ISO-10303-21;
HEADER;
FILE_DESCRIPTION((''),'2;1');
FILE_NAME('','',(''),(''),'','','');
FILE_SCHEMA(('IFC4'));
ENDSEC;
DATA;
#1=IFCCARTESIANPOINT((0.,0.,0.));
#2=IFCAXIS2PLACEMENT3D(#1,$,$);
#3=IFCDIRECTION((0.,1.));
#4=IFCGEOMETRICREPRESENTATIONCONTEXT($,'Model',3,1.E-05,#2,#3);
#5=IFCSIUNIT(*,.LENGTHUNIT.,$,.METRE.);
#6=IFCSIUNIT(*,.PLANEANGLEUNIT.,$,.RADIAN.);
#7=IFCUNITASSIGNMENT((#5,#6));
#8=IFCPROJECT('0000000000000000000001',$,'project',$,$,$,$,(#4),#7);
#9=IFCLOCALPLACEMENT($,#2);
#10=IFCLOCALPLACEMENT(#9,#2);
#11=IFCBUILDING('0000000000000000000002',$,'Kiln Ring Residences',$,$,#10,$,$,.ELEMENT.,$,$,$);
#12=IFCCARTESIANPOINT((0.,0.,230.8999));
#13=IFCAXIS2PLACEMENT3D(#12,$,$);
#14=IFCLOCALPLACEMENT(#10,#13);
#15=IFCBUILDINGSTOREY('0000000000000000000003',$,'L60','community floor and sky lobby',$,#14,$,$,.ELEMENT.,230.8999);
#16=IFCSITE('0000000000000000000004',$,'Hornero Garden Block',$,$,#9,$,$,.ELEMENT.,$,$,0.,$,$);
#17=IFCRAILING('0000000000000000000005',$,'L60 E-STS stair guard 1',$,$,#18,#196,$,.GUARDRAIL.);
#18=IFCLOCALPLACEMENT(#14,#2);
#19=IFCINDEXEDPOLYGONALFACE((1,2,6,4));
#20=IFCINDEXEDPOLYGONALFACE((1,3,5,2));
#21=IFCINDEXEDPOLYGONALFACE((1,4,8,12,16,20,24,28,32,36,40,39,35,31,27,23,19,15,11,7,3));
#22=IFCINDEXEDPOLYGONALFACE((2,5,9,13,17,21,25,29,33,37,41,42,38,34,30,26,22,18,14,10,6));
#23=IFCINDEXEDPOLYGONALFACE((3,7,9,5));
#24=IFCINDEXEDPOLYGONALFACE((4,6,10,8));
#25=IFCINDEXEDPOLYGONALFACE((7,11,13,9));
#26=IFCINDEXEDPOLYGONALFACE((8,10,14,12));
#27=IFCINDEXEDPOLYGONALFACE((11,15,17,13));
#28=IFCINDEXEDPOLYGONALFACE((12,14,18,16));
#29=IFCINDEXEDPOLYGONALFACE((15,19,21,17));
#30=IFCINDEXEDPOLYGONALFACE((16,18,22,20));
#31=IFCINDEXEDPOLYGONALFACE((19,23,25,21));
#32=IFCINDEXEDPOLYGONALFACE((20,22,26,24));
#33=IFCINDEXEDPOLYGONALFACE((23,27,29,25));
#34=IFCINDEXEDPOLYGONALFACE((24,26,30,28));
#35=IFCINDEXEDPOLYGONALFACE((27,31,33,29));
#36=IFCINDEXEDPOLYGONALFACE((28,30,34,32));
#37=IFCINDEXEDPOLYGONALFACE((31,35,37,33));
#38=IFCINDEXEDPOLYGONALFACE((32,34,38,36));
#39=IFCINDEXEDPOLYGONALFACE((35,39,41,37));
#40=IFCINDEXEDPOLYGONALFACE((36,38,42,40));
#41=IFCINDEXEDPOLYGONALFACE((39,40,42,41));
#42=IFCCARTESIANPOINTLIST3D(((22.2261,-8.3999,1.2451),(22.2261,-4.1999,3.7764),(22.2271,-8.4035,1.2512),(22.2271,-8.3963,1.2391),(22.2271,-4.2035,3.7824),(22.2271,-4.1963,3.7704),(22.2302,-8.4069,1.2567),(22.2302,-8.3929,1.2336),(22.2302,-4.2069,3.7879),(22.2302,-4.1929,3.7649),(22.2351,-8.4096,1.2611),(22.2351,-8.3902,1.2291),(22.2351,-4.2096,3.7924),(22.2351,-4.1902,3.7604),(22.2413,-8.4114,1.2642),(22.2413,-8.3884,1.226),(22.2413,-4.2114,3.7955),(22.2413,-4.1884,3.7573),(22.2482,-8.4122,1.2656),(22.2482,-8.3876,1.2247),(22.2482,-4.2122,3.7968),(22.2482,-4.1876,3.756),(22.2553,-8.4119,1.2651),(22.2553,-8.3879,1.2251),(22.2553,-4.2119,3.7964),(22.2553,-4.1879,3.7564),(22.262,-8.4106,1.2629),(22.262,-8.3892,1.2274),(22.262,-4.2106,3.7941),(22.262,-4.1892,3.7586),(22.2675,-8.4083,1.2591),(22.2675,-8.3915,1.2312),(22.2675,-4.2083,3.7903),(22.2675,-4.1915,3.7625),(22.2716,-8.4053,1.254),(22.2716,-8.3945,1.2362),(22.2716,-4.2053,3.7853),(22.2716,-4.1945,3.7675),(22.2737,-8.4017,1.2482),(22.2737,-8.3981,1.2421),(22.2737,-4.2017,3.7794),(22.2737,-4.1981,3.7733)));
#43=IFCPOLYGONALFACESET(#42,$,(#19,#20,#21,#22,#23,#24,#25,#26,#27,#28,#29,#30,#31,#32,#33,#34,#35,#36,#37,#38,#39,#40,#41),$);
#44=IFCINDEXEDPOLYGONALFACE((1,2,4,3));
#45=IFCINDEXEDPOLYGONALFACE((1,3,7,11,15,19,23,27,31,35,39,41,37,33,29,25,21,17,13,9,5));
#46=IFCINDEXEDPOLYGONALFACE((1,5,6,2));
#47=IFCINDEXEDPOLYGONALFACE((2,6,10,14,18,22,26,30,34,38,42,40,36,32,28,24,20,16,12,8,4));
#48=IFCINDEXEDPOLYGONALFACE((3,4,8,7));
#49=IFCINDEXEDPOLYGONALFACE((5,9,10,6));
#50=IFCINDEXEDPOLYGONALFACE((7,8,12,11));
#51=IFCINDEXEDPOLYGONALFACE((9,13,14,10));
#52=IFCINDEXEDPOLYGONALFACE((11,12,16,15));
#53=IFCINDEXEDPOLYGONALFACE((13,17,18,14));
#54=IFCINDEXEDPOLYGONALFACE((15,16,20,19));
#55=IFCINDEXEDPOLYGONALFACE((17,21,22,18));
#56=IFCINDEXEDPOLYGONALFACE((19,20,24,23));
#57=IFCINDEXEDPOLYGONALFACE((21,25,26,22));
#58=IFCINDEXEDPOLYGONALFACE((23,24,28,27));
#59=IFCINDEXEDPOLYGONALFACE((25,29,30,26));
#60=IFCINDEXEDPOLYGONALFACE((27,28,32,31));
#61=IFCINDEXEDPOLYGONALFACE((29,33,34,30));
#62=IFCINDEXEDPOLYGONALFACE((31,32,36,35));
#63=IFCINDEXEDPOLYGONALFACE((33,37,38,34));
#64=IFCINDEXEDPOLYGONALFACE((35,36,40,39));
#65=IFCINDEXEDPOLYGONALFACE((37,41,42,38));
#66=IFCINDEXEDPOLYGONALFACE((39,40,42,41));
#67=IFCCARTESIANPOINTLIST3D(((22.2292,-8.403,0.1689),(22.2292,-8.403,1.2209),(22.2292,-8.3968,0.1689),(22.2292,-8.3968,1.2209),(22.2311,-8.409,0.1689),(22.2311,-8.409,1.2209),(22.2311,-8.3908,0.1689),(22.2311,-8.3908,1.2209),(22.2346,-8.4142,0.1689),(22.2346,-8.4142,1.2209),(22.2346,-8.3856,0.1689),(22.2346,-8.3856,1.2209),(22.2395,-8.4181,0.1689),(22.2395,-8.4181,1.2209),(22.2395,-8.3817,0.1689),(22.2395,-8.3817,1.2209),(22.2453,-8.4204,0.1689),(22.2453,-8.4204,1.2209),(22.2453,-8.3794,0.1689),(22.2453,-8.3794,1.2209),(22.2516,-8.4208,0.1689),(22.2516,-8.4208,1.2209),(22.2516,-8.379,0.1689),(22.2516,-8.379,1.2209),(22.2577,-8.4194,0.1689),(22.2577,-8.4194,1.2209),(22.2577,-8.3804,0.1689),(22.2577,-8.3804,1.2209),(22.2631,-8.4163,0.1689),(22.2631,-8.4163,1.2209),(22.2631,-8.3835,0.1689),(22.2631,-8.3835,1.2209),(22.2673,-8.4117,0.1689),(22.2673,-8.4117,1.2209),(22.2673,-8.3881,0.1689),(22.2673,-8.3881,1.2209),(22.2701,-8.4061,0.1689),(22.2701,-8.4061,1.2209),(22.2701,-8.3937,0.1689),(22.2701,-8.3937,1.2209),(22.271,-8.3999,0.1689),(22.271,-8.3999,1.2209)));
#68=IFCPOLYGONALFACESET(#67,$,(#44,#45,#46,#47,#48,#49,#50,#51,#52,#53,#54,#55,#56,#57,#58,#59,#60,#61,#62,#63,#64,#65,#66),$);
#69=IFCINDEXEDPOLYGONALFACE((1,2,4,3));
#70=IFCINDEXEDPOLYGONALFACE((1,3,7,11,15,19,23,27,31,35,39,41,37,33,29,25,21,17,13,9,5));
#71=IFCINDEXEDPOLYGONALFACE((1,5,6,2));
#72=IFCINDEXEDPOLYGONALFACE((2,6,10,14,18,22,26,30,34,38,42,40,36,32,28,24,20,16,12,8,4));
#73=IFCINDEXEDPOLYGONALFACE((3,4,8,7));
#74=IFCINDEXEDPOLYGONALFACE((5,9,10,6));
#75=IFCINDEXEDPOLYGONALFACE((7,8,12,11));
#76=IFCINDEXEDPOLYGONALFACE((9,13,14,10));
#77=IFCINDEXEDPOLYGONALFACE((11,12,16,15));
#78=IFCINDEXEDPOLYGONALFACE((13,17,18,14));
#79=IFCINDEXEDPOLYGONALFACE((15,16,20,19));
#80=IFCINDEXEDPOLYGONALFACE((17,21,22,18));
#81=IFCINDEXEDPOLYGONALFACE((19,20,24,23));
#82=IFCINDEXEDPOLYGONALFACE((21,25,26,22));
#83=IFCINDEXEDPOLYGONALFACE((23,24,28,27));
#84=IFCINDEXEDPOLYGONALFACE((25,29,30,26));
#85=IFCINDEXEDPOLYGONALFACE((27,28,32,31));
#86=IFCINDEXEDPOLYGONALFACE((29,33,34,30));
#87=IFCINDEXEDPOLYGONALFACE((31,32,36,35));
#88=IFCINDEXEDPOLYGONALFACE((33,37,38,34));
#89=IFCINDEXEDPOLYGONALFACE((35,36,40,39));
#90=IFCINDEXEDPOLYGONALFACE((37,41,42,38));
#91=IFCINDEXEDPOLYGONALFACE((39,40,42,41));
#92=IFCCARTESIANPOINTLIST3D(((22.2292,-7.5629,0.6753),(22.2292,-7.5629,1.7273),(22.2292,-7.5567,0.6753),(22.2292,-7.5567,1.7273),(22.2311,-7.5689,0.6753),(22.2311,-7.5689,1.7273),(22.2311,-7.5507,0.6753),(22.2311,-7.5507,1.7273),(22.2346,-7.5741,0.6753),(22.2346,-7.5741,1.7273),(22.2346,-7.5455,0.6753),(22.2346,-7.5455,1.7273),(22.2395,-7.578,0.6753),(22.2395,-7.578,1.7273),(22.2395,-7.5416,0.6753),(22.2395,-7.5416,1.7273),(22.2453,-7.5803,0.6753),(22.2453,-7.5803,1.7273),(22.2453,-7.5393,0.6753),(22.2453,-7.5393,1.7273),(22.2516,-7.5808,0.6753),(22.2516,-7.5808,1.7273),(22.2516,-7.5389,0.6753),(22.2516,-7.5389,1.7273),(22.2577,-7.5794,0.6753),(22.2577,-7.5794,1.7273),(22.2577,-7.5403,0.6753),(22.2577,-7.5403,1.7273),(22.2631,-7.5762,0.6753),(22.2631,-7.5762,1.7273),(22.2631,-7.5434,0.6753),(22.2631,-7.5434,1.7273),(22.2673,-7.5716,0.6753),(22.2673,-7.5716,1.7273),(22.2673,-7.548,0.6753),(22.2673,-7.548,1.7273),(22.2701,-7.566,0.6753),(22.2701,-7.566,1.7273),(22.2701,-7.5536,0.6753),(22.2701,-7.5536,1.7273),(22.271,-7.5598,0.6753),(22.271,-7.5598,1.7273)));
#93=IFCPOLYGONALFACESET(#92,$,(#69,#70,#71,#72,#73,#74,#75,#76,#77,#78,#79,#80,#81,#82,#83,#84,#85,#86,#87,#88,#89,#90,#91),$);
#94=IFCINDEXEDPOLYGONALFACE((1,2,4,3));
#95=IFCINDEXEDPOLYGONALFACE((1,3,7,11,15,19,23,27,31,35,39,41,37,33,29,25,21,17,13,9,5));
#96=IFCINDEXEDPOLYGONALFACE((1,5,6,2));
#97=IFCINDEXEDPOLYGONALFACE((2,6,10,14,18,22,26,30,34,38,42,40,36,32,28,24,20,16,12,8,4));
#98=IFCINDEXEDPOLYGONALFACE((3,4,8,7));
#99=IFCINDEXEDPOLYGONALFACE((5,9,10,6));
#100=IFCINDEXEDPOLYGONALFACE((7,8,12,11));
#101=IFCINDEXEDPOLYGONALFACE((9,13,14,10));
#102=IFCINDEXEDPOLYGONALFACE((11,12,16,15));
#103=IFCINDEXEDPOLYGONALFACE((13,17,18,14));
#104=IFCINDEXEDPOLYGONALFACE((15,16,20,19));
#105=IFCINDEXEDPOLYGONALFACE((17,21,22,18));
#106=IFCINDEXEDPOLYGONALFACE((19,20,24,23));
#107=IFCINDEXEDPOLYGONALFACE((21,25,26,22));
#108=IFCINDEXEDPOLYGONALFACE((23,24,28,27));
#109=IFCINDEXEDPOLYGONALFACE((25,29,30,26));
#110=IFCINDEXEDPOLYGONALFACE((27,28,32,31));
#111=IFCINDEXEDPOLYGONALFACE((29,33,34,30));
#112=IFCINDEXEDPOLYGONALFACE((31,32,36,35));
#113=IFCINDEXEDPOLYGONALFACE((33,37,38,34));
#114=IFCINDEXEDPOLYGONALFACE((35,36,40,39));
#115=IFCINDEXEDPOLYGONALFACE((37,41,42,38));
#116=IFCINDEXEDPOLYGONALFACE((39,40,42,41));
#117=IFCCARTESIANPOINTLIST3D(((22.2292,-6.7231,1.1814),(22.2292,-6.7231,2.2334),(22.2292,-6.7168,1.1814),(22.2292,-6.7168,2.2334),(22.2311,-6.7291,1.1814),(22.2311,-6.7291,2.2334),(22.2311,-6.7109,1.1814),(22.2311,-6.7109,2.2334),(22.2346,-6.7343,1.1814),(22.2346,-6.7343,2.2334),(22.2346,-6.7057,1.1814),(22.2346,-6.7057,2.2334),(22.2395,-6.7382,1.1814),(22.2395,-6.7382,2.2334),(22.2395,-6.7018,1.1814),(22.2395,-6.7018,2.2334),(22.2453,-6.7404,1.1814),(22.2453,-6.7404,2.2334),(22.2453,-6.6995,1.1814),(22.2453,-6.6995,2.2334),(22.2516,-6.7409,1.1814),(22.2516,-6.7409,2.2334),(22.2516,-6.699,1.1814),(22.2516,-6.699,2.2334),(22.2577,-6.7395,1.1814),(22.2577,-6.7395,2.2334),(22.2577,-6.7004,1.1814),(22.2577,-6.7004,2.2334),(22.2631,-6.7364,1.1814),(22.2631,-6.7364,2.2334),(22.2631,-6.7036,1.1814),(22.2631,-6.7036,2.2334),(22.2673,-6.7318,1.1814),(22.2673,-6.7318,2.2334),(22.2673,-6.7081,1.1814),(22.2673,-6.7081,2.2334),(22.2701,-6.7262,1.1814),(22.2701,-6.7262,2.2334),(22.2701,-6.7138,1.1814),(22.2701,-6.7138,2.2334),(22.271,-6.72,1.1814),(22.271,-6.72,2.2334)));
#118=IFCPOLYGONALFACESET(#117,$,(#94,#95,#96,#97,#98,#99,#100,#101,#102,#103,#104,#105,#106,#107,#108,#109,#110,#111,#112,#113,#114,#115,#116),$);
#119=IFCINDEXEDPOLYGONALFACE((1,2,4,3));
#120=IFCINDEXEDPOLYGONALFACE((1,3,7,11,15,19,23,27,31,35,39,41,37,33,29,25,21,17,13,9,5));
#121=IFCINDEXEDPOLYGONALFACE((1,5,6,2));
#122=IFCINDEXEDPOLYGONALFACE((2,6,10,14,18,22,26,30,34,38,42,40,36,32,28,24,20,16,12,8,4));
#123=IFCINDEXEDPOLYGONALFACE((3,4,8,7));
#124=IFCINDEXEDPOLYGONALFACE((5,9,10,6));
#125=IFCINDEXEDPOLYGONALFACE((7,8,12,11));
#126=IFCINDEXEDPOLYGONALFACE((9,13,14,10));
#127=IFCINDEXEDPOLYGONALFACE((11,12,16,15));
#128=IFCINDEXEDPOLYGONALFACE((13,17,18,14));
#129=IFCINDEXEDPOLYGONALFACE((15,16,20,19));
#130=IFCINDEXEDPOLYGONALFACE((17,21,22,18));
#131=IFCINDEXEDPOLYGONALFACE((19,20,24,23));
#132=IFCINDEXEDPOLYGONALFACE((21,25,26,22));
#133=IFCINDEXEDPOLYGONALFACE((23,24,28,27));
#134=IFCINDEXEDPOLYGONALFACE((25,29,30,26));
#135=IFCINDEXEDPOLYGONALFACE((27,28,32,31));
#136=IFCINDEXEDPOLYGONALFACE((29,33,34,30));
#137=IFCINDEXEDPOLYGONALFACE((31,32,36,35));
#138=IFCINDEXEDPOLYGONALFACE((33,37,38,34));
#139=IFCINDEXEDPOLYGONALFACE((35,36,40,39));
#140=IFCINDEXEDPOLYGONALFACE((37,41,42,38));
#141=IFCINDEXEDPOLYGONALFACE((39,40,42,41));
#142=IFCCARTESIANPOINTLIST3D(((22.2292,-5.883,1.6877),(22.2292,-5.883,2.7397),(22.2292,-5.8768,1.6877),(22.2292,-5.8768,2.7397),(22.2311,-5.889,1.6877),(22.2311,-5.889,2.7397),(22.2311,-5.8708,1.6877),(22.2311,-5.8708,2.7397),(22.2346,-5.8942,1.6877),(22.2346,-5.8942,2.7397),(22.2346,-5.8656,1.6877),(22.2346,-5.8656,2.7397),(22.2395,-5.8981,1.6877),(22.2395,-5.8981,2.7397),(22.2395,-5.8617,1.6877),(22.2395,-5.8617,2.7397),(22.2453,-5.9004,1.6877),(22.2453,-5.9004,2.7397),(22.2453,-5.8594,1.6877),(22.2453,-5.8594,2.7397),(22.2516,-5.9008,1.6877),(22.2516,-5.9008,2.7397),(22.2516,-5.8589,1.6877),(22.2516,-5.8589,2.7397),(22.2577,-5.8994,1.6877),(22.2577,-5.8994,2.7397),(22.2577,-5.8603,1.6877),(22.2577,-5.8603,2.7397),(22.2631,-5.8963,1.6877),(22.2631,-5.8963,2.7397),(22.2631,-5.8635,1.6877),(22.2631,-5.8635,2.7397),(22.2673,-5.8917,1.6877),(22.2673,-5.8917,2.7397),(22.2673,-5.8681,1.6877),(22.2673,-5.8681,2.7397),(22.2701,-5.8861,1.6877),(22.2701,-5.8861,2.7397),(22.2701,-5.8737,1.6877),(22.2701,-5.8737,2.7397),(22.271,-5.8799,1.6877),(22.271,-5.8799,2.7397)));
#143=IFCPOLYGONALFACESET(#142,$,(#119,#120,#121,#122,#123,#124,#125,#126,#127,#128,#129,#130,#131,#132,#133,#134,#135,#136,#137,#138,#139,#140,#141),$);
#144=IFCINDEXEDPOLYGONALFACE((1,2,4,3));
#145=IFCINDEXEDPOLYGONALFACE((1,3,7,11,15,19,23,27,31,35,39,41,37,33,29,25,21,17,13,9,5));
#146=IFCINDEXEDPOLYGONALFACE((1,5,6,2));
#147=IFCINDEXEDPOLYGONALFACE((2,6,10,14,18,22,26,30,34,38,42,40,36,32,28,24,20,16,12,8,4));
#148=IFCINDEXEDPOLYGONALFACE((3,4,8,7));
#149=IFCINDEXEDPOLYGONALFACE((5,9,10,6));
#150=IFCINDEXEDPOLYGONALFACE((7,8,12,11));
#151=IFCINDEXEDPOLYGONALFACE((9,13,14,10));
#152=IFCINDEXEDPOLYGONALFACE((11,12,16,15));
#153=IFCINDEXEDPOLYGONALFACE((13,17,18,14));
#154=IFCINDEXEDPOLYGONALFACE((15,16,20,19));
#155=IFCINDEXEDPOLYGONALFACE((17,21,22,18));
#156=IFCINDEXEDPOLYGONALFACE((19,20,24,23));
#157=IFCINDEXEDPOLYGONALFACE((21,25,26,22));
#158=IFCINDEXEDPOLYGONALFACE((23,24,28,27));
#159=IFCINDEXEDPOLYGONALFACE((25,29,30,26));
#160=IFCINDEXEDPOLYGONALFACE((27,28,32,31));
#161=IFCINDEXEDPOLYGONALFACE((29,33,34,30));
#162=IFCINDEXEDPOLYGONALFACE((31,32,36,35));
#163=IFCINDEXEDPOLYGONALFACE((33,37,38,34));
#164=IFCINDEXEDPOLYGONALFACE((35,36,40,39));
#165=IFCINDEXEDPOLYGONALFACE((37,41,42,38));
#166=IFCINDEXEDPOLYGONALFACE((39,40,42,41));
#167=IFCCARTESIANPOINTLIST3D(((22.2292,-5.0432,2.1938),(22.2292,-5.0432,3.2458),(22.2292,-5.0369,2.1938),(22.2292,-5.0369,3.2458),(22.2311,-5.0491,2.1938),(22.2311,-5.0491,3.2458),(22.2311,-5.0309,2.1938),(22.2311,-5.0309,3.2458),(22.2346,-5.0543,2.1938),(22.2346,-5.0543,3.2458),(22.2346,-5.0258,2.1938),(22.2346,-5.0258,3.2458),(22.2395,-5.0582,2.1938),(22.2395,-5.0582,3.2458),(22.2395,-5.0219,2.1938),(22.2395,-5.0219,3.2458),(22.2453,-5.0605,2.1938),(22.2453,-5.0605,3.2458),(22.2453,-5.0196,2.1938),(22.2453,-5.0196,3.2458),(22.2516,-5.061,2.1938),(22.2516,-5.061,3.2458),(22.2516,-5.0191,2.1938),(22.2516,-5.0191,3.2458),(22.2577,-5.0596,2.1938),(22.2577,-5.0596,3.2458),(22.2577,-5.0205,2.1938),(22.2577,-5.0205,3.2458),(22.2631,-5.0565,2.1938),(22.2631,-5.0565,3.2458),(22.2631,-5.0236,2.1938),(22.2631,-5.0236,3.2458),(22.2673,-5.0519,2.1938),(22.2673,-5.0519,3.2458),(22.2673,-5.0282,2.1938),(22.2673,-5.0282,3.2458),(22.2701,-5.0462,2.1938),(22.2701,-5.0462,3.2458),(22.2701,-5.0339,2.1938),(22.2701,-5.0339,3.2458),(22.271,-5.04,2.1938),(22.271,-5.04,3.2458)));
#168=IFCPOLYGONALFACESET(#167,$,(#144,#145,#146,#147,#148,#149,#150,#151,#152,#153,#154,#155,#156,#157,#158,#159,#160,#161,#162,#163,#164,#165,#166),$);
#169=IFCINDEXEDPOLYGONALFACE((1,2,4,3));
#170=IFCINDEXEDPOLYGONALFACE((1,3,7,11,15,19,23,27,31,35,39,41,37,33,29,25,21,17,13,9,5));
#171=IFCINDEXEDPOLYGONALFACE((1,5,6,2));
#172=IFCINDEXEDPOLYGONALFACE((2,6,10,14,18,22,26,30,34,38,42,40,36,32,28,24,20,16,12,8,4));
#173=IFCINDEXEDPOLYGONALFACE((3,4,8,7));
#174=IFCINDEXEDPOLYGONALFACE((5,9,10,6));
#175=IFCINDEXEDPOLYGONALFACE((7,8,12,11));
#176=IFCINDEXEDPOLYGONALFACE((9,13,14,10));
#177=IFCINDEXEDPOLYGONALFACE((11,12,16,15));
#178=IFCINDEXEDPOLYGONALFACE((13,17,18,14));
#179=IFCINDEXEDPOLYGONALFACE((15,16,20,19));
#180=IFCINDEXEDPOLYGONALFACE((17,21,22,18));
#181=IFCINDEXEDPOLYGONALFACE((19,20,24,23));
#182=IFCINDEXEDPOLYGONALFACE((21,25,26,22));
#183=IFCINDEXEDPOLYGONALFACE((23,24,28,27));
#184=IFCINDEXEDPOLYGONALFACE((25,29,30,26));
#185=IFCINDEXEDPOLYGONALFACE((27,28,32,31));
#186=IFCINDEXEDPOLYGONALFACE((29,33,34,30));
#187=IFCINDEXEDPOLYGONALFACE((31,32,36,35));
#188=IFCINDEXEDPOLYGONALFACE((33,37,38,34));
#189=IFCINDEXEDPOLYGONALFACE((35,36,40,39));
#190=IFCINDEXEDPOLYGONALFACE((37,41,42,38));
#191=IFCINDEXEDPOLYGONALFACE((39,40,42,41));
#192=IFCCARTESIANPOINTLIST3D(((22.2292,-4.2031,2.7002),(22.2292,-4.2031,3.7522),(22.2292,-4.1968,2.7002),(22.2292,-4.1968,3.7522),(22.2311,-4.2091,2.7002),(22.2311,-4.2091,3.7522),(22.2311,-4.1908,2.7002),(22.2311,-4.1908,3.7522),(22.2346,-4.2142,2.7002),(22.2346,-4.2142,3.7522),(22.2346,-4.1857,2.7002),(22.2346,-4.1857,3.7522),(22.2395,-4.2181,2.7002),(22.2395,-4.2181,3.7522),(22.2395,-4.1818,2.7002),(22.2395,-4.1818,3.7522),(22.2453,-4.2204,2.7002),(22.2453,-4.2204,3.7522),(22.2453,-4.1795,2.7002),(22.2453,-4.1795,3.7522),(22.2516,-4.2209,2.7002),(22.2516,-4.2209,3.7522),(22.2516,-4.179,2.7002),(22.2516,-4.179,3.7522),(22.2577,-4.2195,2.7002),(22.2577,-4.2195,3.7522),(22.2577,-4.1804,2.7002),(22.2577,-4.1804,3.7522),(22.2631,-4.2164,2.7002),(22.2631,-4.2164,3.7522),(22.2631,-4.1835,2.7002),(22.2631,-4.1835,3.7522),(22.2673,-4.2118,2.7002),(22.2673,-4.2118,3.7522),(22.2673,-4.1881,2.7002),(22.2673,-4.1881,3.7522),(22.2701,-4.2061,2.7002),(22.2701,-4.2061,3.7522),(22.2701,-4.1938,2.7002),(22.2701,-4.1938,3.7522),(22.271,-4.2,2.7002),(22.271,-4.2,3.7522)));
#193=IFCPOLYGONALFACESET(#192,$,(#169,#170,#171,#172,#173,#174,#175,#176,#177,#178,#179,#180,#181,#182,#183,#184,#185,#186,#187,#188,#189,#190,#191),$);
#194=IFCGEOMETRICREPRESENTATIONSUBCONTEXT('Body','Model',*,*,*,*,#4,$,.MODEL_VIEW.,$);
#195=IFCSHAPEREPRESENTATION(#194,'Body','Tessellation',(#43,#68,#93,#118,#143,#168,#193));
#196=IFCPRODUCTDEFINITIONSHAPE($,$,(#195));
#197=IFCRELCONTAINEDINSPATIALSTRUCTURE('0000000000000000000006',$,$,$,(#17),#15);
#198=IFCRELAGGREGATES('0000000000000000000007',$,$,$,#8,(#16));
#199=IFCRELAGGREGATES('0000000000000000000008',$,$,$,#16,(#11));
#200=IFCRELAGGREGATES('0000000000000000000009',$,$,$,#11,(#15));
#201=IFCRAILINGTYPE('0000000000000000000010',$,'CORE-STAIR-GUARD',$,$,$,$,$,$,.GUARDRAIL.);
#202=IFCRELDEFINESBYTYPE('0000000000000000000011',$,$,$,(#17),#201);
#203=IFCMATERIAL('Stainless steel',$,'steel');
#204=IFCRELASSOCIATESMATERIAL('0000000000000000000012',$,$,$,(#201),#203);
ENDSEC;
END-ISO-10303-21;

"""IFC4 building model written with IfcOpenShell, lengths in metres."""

from ifc_helpers import new_model, si_unit, direction, frame, origin, origin_2d, place, context, subcontext, project, spatial, circle, extrude, material, type_object, element, save


model = new_model("IFC4")

# Units and contexts
model_context = context("Model", 3, precision=1e-05, world=origin(), true_north=direction((0.0, 1.0)))
body_context = subcontext(model_context, "Body", "Model", "MODEL_VIEW")
ifc_project = project(units=[si_unit("LENGTHUNIT", "METRE"), si_unit("PLANEANGLEUNIT", "RADIAN")], contexts=[model_context])

# Site, building, storey
site_placement = place(None, origin())
site = spatial("IfcSite", under=ifc_project, at=site_placement, Name="Hornero Garden Block", CompositionType="ELEMENT", RefElevation=0.0)
building_placement = place(site_placement, origin())
building = spatial("IfcBuilding", under=site, at=building_placement, Name="Kiln Ring Residences", CompositionType="ELEMENT")
storey_placement = place(building_placement, frame((0.0, 0.0, 230.8999)))
storey = spatial("IfcBuildingStorey", under=building, at=storey_placement, Name="L60", Description="community floor and sky lobby", CompositionType="ELEMENT", Elevation=230.8999)

# Railing
ifc_material_1 = material(Name="Stainless steel", Category="steel")
railing_type_1 = type_object("IfcRailingType", Name="CORE-STAIR-GUARD", PredefinedType="GUARDRAIL", material=ifc_material_1)
railing_1_placement = place(storey_placement, frame((22.25, -8.3999, 0.1689)))
element("IfcRailing", 1, at=railing_1_placement, inside=storey, type_object=railing_type_1, Name="L60 E-STS stair guard 1", PredefinedType="GUARDRAIL", context=body_context, shape_type="SweptSolid", body=[
    extrude(circle(Radius=0.0239, at=origin_2d()), frame((0.0, 0.0, 1.0762), z_axis=(0.0, 0.856476, 0.516186), x_axis=(-1.0, 0.0, 0.0)), (0.0, 0.0, 1.0), 4.9038),
    extrude(circle(Radius=0.021, at=origin_2d()), origin(), (0.0, 0.0, 1.0), 1.052),
    extrude(circle(Radius=0.021, at=origin_2d()), frame((0.0, 0.8401, 0.5063)), (0.0, 0.0, 1.0), 1.052),
    extrude(circle(Radius=0.021, at=origin_2d()), frame((0.0, 1.6799, 1.0125)), (0.0, 0.0, 1.0), 1.052),
    extrude(circle(Radius=0.021, at=origin_2d()), frame((0.0, 2.52, 1.5188)), (0.0, 0.0, 1.0), 1.052),
    extrude(circle(Radius=0.021, at=origin_2d()), frame((0.0, 3.3599, 2.0249)), (0.0, 0.0, 1.0), 1.052),
    extrude(circle(Radius=0.021, at=origin_2d()), frame((0.0, 4.2, 2.5312)), (0.0, 0.0, 1.0), 1.052),
])

save(model, "model.ifc")
